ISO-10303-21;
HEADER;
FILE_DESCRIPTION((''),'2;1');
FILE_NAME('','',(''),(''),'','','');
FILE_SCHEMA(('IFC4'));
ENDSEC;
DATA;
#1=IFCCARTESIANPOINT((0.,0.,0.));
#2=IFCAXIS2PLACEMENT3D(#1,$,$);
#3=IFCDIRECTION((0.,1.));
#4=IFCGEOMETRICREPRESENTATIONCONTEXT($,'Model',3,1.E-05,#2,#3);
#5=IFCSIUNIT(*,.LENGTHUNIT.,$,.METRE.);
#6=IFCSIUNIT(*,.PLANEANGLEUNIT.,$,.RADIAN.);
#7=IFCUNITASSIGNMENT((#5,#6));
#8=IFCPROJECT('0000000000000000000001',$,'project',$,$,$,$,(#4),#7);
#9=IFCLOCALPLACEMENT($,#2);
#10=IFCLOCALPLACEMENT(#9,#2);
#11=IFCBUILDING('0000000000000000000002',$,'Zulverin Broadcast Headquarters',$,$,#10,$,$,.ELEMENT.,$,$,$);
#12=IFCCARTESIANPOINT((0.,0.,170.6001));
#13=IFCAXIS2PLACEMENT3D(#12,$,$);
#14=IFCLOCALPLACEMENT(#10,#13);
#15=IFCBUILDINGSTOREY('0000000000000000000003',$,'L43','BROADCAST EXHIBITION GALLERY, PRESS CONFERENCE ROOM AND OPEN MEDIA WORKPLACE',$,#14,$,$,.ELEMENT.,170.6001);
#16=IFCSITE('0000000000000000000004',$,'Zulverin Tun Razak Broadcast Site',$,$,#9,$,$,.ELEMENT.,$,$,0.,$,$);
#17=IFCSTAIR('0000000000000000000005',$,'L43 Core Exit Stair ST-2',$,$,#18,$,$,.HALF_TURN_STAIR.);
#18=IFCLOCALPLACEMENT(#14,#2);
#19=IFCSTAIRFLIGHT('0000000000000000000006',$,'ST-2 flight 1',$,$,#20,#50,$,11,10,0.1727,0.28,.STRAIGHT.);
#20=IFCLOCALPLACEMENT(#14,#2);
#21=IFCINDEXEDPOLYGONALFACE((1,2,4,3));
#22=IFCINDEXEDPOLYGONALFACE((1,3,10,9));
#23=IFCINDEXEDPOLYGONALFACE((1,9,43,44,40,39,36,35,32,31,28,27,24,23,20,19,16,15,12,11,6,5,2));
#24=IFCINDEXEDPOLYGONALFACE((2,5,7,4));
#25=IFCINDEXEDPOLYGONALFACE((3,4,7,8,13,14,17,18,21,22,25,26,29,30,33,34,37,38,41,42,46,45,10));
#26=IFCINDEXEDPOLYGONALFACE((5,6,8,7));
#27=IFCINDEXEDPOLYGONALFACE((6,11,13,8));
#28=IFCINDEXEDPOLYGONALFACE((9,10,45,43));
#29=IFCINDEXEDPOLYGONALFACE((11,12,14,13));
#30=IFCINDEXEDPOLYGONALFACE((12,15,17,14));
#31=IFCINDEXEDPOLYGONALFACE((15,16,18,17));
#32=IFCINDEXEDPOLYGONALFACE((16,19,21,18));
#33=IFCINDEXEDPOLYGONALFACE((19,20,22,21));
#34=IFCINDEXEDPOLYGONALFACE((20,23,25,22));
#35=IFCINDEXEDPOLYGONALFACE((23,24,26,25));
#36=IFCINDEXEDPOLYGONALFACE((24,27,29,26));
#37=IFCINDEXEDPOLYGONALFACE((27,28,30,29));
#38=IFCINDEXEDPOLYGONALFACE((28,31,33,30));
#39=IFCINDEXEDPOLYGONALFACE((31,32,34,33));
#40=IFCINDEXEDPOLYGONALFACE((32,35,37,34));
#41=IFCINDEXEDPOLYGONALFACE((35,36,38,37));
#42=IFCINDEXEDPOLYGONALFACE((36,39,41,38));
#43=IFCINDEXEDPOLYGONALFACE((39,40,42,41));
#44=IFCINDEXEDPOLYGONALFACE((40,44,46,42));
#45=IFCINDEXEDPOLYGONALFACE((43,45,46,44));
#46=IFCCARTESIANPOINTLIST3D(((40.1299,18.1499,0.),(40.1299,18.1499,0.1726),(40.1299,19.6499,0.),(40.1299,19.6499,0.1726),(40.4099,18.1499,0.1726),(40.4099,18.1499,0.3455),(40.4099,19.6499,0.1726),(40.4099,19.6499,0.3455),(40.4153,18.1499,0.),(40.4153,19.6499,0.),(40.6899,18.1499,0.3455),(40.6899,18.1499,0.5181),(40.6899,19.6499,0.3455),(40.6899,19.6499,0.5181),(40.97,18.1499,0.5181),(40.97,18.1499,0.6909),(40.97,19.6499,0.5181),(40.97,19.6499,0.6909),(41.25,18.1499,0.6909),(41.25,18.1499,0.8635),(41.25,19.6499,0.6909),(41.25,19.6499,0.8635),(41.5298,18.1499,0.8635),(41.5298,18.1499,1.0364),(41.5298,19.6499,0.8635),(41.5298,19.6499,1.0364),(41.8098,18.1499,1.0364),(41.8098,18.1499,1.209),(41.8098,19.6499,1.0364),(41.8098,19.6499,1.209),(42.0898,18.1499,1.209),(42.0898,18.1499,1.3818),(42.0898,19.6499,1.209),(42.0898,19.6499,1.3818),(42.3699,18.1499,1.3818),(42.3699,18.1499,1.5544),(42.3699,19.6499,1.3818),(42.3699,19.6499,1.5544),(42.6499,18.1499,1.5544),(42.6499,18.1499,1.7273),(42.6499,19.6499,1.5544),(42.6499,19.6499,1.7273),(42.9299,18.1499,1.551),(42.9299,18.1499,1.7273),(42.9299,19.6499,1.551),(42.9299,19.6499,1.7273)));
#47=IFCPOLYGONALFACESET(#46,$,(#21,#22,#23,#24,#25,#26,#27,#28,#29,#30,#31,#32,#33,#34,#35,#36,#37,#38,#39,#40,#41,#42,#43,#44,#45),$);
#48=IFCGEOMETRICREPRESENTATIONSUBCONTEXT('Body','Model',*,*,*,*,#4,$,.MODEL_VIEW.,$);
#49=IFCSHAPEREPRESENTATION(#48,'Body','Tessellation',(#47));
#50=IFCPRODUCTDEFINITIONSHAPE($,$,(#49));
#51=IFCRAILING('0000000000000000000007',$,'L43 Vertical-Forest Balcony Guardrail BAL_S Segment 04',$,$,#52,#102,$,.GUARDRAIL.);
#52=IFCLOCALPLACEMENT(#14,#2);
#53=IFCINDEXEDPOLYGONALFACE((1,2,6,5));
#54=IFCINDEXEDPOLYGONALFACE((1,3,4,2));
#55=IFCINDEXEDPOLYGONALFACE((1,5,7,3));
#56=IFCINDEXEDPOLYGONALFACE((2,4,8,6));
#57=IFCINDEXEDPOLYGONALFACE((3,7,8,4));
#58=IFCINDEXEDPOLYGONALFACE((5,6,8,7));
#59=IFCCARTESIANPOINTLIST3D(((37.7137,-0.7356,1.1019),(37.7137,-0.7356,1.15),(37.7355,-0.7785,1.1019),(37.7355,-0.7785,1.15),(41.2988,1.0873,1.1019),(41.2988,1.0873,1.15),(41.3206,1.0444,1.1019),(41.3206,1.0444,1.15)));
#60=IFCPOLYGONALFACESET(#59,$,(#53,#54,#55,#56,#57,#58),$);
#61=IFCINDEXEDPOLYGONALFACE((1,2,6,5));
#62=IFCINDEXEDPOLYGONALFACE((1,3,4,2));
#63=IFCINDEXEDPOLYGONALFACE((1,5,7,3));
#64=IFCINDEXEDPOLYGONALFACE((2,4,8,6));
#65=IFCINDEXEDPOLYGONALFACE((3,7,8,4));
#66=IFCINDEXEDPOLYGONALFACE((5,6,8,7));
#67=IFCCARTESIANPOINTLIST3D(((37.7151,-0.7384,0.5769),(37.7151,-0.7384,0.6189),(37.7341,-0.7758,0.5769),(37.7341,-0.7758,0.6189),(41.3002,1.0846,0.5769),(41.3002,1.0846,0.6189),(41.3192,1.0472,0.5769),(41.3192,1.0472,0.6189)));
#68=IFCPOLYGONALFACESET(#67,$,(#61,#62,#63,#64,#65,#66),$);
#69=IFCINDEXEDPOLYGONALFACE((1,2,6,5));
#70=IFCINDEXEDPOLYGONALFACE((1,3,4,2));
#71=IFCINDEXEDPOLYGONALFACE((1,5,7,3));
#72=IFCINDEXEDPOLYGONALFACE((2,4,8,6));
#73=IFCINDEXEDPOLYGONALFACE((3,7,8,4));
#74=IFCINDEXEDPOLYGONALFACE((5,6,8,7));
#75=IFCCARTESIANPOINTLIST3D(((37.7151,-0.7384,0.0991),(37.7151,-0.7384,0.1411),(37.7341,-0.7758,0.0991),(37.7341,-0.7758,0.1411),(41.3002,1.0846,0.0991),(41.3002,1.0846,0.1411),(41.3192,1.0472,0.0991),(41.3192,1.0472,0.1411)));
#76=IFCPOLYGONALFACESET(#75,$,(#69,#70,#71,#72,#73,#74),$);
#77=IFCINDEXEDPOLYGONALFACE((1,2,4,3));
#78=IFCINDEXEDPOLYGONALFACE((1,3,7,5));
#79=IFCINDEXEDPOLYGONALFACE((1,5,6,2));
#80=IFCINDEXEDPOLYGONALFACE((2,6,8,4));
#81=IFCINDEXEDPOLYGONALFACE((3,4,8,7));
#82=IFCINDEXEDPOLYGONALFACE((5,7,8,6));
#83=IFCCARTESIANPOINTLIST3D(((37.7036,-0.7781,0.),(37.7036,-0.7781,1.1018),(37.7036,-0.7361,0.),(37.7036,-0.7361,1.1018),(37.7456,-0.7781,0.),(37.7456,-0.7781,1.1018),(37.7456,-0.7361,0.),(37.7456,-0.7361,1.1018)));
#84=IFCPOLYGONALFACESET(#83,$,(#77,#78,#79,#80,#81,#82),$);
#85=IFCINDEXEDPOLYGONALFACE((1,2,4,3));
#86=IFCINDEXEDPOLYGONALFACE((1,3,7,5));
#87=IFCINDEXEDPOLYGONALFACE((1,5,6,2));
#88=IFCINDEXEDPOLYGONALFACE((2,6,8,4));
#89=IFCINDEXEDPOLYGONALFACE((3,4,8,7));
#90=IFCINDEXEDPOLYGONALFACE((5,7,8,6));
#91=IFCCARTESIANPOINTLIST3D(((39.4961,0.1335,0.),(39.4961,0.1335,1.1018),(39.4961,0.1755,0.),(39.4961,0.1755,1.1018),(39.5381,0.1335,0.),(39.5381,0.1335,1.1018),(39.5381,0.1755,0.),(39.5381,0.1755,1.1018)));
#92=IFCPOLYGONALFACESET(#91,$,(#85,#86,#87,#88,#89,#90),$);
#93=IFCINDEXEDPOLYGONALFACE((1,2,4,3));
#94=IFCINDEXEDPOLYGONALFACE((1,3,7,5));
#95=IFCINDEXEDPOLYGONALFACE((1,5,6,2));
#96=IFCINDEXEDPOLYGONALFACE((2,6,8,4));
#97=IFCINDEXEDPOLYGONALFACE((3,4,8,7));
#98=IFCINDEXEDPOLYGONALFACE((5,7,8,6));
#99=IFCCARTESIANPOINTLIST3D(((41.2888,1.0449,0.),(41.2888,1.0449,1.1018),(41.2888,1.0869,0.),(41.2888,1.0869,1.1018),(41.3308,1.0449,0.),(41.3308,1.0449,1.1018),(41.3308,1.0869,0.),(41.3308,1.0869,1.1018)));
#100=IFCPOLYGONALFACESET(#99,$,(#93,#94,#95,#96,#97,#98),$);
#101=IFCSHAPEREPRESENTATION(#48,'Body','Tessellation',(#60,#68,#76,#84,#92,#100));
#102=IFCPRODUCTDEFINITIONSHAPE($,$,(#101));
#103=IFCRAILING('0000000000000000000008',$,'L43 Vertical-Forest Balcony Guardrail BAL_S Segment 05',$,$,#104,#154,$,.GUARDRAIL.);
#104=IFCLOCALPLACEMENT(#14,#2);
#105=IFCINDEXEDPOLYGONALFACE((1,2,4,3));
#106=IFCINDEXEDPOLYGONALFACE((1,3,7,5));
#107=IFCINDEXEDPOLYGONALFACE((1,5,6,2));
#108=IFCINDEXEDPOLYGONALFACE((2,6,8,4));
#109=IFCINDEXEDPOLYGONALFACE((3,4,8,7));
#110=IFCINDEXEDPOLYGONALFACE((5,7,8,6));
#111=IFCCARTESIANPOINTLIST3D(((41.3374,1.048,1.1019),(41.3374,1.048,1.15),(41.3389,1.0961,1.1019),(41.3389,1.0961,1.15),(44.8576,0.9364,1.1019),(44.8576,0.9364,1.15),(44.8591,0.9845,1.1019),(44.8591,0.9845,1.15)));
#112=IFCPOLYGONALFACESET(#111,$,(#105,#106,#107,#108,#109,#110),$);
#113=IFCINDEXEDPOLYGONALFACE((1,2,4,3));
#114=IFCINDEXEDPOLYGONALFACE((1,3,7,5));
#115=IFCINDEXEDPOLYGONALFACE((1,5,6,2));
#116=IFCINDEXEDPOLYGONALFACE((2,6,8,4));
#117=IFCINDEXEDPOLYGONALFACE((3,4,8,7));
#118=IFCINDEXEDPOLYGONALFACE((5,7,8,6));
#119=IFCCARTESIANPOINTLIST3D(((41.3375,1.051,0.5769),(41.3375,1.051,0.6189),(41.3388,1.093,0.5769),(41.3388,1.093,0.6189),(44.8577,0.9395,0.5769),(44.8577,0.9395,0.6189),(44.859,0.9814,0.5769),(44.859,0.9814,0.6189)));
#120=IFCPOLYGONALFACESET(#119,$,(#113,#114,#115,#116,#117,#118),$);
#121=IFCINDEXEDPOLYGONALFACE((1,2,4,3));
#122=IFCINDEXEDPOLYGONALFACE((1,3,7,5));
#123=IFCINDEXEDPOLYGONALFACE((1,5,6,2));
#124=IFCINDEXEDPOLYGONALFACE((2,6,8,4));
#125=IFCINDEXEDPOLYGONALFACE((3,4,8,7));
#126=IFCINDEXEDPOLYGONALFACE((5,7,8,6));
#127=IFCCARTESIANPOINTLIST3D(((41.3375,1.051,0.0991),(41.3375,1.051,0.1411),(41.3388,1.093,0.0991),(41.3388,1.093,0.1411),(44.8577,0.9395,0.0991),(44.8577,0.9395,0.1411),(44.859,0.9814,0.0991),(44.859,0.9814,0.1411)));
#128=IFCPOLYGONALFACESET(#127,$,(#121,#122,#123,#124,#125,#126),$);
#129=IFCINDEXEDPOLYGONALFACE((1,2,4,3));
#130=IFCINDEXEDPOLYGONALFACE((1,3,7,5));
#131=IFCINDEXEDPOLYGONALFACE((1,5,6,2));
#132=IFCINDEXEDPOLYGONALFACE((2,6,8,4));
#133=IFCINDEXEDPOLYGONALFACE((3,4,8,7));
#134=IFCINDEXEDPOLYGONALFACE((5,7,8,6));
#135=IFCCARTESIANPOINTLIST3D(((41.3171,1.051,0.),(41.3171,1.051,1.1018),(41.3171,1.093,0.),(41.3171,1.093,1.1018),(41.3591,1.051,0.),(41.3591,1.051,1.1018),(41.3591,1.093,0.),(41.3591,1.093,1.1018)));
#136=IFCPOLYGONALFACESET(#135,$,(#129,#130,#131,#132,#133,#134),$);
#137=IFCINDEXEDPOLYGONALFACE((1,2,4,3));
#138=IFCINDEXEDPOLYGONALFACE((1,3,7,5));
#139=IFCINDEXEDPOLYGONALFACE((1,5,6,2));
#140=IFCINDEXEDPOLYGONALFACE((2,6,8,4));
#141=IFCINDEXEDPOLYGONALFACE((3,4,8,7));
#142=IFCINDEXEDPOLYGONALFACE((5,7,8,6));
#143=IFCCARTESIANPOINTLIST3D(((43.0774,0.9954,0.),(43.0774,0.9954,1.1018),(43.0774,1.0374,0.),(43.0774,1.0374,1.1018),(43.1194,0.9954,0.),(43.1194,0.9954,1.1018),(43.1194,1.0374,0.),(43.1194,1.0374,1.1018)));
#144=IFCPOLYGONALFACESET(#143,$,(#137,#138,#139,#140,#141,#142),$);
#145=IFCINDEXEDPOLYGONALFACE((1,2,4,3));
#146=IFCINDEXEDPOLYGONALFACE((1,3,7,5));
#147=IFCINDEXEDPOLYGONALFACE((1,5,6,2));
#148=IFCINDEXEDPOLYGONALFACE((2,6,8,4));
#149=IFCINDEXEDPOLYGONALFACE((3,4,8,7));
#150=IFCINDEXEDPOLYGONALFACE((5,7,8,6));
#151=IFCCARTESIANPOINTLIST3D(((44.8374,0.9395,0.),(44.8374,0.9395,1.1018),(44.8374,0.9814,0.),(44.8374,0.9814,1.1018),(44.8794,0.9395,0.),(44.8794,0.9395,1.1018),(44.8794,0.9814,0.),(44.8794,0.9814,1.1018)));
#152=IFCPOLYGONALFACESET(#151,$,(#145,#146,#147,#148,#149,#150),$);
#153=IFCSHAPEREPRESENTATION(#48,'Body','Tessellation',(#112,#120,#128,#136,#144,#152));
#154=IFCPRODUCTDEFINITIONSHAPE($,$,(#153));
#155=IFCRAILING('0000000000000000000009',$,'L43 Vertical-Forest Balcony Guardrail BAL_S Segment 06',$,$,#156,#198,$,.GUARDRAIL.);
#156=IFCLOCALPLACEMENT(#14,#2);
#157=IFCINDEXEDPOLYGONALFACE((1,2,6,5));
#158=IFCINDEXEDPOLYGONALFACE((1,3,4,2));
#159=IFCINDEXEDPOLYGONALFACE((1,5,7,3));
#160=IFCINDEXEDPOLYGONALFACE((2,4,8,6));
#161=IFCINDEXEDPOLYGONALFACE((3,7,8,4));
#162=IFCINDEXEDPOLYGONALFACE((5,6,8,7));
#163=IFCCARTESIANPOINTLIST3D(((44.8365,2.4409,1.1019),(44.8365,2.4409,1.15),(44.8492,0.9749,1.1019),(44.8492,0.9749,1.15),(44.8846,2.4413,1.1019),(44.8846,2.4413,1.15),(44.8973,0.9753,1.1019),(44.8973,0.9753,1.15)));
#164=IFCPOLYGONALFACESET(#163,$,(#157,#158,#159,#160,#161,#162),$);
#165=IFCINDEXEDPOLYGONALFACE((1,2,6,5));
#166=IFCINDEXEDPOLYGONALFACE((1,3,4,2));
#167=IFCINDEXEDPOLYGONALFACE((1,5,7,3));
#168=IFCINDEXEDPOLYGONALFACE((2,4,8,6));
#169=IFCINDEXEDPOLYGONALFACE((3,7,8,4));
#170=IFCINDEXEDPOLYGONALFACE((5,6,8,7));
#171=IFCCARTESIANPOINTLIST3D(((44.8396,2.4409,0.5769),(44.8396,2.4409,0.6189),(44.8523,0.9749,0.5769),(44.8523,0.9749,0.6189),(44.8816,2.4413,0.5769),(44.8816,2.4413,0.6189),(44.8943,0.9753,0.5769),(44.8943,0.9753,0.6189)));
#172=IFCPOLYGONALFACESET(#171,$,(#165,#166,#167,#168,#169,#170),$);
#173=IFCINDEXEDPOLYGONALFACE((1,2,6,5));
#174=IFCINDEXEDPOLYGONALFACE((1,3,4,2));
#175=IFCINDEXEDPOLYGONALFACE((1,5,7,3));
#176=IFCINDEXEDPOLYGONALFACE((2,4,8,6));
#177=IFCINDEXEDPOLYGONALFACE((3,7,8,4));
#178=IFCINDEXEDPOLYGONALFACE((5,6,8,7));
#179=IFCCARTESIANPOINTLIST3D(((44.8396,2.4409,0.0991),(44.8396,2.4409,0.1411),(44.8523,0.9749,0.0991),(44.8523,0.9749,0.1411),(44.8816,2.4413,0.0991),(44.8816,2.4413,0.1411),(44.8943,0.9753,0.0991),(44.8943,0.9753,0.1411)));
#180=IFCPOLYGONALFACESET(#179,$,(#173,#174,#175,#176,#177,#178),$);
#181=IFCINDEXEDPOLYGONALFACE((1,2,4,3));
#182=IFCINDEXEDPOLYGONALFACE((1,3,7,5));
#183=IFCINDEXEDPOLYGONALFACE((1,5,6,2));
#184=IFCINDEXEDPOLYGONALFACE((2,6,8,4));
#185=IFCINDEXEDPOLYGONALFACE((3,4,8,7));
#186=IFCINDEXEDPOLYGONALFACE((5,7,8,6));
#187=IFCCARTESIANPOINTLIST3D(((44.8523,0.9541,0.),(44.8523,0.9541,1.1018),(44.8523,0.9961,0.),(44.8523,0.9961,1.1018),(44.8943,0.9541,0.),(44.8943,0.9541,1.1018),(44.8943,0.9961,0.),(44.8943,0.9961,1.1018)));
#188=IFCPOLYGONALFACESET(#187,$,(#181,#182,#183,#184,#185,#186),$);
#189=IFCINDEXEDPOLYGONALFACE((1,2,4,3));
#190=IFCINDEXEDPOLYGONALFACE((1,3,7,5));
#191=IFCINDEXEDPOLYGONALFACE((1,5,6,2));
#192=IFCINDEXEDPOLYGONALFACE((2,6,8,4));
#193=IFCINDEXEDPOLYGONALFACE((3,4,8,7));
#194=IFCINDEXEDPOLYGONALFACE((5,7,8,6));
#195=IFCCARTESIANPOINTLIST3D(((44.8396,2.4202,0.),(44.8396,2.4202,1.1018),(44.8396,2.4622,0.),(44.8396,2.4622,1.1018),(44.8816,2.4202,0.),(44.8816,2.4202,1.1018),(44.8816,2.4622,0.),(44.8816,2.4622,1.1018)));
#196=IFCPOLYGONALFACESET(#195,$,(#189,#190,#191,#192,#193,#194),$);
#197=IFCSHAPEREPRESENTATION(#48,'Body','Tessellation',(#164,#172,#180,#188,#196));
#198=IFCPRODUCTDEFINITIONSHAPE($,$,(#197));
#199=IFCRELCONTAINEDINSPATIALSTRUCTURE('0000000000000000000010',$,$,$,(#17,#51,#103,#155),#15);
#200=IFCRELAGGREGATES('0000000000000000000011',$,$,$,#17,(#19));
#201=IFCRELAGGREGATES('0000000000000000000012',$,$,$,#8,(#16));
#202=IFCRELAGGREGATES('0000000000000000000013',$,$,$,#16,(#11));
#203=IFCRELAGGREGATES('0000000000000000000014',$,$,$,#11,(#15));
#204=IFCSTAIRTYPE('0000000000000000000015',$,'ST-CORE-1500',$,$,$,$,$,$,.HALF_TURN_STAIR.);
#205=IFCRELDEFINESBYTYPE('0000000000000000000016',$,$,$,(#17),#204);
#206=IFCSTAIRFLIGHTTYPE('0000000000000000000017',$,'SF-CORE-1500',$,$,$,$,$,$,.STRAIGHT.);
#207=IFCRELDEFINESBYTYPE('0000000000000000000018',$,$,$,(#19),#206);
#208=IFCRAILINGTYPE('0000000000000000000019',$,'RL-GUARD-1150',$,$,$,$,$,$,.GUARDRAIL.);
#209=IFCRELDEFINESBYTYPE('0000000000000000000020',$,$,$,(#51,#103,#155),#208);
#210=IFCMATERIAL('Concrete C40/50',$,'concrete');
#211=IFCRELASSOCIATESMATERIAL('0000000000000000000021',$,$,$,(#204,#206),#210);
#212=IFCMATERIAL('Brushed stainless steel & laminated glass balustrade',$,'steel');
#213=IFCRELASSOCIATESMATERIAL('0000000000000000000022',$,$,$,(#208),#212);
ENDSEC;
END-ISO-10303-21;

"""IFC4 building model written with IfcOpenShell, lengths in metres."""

from ifc_helpers import new_model, si_unit, direction, frame, origin, origin_2d, place, context, subcontext, project, spatial, polyline, rectangle, outline, extrude, material, type_object, element, aggregate, save


model = new_model("IFC4")

# Units and contexts
model_context = context("Model", 3, precision=1e-05, world=origin(), true_north=direction((0.0, 1.0)))
body_context = subcontext(model_context, "Body", "Model", "MODEL_VIEW")
ifc_project = project(units=[si_unit("LENGTHUNIT", "METRE"), si_unit("PLANEANGLEUNIT", "RADIAN")], contexts=[model_context])

# Site, building, storey
site_placement = place(None, origin())
site = spatial("IfcSite", under=ifc_project, at=site_placement, Name="Zulverin Tun Razak Broadcast Site", CompositionType="ELEMENT", RefElevation=0.0)
building_placement = place(site_placement, origin())
building = spatial("IfcBuilding", under=site, at=building_placement, Name="Zulverin Broadcast Headquarters", CompositionType="ELEMENT")
storey_placement = place(building_placement, frame((0.0, 0.0, 170.6001)))
storey = spatial("IfcBuildingStorey", under=building, at=storey_placement, Name="L43", Description="BROADCAST EXHIBITION GALLERY, PRESS CONFERENCE ROOM AND OPEN MEDIA WORKPLACE", CompositionType="ELEMENT", Elevation=170.6001)

# Shared definitions
ifc_material_1 = material(Name="Concrete C40/50", Category="concrete")

# Stair, stair flight
stair_type = type_object("IfcStairType", Name="ST-CORE-1500", PredefinedType="HALF_TURN_STAIR", material=ifc_material_1)
stair_placement = place(storey_placement, origin())
stair = element("IfcStair", 1, at=stair_placement, inside=storey, type_object=stair_type, Name="L43 Core Exit Stair ST-2", PredefinedType="HALF_TURN_STAIR")
stair_flight_type = type_object("IfcStairFlightType", Name="SF-CORE-1500", PredefinedType="STRAIGHT", material=ifc_material_1)
stair_flight_placement = place(storey_placement, frame((40.1299, 18.8999, 0.0), z_axis=(0.0, 0.0, 1.0), x_axis=(1.0, 0.0, 0.0)))
stair_flight = element("IfcStairFlight", 2, at=stair_flight_placement, type_object=stair_flight_type, Name="ST-2 flight 1", NumberOfRisers=11, NumberOfTreads=10, PredefinedType="STRAIGHT", RiserHeight=0.1727, TreadLength=0.28, context=body_context, shape_type="SweptSolid", body=[
    extrude(outline(polyline([(0.0, 0.0), (0.0, 0.1726), (0.28, 0.1726), (0.28, 0.3455), (0.5601, 0.3455), (0.5601, 0.5181), (0.8401, 0.5181), (0.8401, 0.6909), (1.1201, 0.6909), (1.1201, 0.8635), (1.3999, 0.8635), (1.3999, 1.0364), (1.6799, 1.0364), (1.6799, 1.209), (1.96, 1.209), (1.96, 1.3818), (2.24, 1.3818), (2.24, 1.5544), (2.52, 1.5544), (2.52, 1.7273), (2.8, 1.7273), (2.8, 1.8999), (2.8, 1.551), (0.2854, 0.0), (0.0, 0.0)])), frame((0.0, 0.75, 0.0), z_axis=(0.0, -1.0, 0.0), x_axis=(1.0, 0.0, 0.0)), (0.0, 0.0, 1.0), 1.5),
])
aggregate(stair, [stair_flight])

# Railings
ifc_material_2 = material(Name="Brushed stainless steel & laminated glass balustrade", Category="steel")
railing_type_1 = type_object("IfcRailingType", Name="RL-GUARD-1150", PredefinedType="GUARDRAIL", material=ifc_material_2)
railing_1_placement = place(storey_placement, frame((37.7246, -0.7571, 0.0)))
element("IfcRailing", 3, at=railing_1_placement, inside=storey, type_object=railing_type_1, Name="L43 Vertical-Forest Balcony Guardrail BAL_S Segment 04", PredefinedType="GUARDRAIL", context=body_context, shape_type="SweptSolid", body=[
    extrude(rectangle(XDim=0.0481, YDim=0.0481, at=origin_2d()), frame((0.0, 0.0, 1.126), z_axis=(0.891384, 0.453249, 0.0), x_axis=(-0.453249, 0.891384, 0.0)), (0.0, 0.0, 1.0), 4.022),
    extrude(rectangle(XDim=0.042, YDim=0.042, at=origin_2d()), frame((0.0, 0.0, 0.5979), z_axis=(0.891384, 0.453249, 0.0), x_axis=(-0.453249, 0.891384, 0.0)), (0.0, 0.0, 1.0), 4.022),
    extrude(rectangle(XDim=0.042, YDim=0.042, at=origin_2d()), frame((0.0, 0.0, 0.1201), z_axis=(0.891384, 0.453249, 0.0), x_axis=(-0.453249, 0.891384, 0.0)), (0.0, 0.0, 1.0), 4.022),
    extrude(rectangle(XDim=0.042, YDim=0.042, at=origin_2d()), origin(), (0.0, 0.0, 1.0), 1.1018),
    extrude(rectangle(XDim=0.042, YDim=0.042, at=origin_2d()), frame((1.7925, 0.9116, 0.0)), (0.0, 0.0, 1.0), 1.1018),
    extrude(rectangle(XDim=0.042, YDim=0.042, at=origin_2d()), frame((3.5852, 1.823, 0.0)), (0.0, 0.0, 1.0), 1.1018),
])
railing_2_placement = place(storey_placement, frame((41.3381, 1.072, 0.0)))
element("IfcRailing", 4, at=railing_2_placement, inside=storey, type_object=railing_type_1, Name="L43 Vertical-Forest Balcony Guardrail BAL_S Segment 05", PredefinedType="GUARDRAIL", context=body_context, shape_type="SweptSolid", body=[
    extrude(rectangle(XDim=0.0481, YDim=0.0481, at=origin_2d()), frame((0.0, 0.0, 1.126), z_axis=(0.999498, -0.031678, 0.0), x_axis=(0.031678, 0.999498, 0.0)), (0.0, 0.0, 1.0), 3.522),
    extrude(rectangle(XDim=0.042, YDim=0.042, at=origin_2d()), frame((0.0, 0.0, 0.5979), z_axis=(0.999498, -0.031678, 0.0), x_axis=(0.031678, 0.999498, 0.0)), (0.0, 0.0, 1.0), 3.522),
    extrude(rectangle(XDim=0.042, YDim=0.042, at=origin_2d()), frame((0.0, 0.0, 0.1201), z_axis=(0.999498, -0.031678, 0.0), x_axis=(0.031678, 0.999498, 0.0)), (0.0, 0.0, 1.0), 3.522),
    extrude(rectangle(XDim=0.042, YDim=0.042, at=origin_2d()), origin(), (0.0, 0.0, 1.0), 1.1018),
    extrude(rectangle(XDim=0.042, YDim=0.042, at=origin_2d()), frame((1.7603, -0.0557, 0.0)), (0.0, 0.0, 1.0), 1.1018),
    extrude(rectangle(XDim=0.042, YDim=0.042, at=origin_2d()), frame((3.5203, -0.1116, 0.0)), (0.0, 0.0, 1.0), 1.1018),
])
railing_3_placement = place(storey_placement, frame((44.8733, 0.9751, 0.0)))
element("IfcRailing", 5, at=railing_3_placement, inside=storey, type_object=railing_type_1, Name="L43 Vertical-Forest Balcony Guardrail BAL_S Segment 06", PredefinedType="GUARDRAIL", context=body_context, shape_type="SweptSolid", body=[
    extrude(rectangle(XDim=0.0481, YDim=0.0481, at=origin_2d()), frame((0.0, 0.0, 1.126), z_axis=(-0.008659, 0.999963, 0.0), x_axis=(-0.999963, -0.008659, 0.0)), (0.0, 0.0, 1.0), 1.4661),
    extrude(rectangle(XDim=0.042, YDim=0.042, at=origin_2d()), frame((0.0, 0.0, 0.5979), z_axis=(-0.008659, 0.999963, 0.0), x_axis=(-0.999963, -0.008659, 0.0)), (0.0, 0.0, 1.0), 1.4661),
    extrude(rectangle(XDim=0.042, YDim=0.042, at=origin_2d()), frame((0.0, 0.0, 0.1201), z_axis=(-0.008659, 0.999963, 0.0), x_axis=(-0.999963, -0.008659, 0.0)), (0.0, 0.0, 1.0), 1.4661),
    extrude(rectangle(XDim=0.042, YDim=0.042, at=origin_2d()), origin(), (0.0, 0.0, 1.0), 1.1018),
    extrude(rectangle(XDim=0.042, YDim=0.042, at=origin_2d()), frame((-0.0127, 1.4661, 0.0)), (0.0, 0.0, 1.0), 1.1018),
])

save(model, "model.ifc")
